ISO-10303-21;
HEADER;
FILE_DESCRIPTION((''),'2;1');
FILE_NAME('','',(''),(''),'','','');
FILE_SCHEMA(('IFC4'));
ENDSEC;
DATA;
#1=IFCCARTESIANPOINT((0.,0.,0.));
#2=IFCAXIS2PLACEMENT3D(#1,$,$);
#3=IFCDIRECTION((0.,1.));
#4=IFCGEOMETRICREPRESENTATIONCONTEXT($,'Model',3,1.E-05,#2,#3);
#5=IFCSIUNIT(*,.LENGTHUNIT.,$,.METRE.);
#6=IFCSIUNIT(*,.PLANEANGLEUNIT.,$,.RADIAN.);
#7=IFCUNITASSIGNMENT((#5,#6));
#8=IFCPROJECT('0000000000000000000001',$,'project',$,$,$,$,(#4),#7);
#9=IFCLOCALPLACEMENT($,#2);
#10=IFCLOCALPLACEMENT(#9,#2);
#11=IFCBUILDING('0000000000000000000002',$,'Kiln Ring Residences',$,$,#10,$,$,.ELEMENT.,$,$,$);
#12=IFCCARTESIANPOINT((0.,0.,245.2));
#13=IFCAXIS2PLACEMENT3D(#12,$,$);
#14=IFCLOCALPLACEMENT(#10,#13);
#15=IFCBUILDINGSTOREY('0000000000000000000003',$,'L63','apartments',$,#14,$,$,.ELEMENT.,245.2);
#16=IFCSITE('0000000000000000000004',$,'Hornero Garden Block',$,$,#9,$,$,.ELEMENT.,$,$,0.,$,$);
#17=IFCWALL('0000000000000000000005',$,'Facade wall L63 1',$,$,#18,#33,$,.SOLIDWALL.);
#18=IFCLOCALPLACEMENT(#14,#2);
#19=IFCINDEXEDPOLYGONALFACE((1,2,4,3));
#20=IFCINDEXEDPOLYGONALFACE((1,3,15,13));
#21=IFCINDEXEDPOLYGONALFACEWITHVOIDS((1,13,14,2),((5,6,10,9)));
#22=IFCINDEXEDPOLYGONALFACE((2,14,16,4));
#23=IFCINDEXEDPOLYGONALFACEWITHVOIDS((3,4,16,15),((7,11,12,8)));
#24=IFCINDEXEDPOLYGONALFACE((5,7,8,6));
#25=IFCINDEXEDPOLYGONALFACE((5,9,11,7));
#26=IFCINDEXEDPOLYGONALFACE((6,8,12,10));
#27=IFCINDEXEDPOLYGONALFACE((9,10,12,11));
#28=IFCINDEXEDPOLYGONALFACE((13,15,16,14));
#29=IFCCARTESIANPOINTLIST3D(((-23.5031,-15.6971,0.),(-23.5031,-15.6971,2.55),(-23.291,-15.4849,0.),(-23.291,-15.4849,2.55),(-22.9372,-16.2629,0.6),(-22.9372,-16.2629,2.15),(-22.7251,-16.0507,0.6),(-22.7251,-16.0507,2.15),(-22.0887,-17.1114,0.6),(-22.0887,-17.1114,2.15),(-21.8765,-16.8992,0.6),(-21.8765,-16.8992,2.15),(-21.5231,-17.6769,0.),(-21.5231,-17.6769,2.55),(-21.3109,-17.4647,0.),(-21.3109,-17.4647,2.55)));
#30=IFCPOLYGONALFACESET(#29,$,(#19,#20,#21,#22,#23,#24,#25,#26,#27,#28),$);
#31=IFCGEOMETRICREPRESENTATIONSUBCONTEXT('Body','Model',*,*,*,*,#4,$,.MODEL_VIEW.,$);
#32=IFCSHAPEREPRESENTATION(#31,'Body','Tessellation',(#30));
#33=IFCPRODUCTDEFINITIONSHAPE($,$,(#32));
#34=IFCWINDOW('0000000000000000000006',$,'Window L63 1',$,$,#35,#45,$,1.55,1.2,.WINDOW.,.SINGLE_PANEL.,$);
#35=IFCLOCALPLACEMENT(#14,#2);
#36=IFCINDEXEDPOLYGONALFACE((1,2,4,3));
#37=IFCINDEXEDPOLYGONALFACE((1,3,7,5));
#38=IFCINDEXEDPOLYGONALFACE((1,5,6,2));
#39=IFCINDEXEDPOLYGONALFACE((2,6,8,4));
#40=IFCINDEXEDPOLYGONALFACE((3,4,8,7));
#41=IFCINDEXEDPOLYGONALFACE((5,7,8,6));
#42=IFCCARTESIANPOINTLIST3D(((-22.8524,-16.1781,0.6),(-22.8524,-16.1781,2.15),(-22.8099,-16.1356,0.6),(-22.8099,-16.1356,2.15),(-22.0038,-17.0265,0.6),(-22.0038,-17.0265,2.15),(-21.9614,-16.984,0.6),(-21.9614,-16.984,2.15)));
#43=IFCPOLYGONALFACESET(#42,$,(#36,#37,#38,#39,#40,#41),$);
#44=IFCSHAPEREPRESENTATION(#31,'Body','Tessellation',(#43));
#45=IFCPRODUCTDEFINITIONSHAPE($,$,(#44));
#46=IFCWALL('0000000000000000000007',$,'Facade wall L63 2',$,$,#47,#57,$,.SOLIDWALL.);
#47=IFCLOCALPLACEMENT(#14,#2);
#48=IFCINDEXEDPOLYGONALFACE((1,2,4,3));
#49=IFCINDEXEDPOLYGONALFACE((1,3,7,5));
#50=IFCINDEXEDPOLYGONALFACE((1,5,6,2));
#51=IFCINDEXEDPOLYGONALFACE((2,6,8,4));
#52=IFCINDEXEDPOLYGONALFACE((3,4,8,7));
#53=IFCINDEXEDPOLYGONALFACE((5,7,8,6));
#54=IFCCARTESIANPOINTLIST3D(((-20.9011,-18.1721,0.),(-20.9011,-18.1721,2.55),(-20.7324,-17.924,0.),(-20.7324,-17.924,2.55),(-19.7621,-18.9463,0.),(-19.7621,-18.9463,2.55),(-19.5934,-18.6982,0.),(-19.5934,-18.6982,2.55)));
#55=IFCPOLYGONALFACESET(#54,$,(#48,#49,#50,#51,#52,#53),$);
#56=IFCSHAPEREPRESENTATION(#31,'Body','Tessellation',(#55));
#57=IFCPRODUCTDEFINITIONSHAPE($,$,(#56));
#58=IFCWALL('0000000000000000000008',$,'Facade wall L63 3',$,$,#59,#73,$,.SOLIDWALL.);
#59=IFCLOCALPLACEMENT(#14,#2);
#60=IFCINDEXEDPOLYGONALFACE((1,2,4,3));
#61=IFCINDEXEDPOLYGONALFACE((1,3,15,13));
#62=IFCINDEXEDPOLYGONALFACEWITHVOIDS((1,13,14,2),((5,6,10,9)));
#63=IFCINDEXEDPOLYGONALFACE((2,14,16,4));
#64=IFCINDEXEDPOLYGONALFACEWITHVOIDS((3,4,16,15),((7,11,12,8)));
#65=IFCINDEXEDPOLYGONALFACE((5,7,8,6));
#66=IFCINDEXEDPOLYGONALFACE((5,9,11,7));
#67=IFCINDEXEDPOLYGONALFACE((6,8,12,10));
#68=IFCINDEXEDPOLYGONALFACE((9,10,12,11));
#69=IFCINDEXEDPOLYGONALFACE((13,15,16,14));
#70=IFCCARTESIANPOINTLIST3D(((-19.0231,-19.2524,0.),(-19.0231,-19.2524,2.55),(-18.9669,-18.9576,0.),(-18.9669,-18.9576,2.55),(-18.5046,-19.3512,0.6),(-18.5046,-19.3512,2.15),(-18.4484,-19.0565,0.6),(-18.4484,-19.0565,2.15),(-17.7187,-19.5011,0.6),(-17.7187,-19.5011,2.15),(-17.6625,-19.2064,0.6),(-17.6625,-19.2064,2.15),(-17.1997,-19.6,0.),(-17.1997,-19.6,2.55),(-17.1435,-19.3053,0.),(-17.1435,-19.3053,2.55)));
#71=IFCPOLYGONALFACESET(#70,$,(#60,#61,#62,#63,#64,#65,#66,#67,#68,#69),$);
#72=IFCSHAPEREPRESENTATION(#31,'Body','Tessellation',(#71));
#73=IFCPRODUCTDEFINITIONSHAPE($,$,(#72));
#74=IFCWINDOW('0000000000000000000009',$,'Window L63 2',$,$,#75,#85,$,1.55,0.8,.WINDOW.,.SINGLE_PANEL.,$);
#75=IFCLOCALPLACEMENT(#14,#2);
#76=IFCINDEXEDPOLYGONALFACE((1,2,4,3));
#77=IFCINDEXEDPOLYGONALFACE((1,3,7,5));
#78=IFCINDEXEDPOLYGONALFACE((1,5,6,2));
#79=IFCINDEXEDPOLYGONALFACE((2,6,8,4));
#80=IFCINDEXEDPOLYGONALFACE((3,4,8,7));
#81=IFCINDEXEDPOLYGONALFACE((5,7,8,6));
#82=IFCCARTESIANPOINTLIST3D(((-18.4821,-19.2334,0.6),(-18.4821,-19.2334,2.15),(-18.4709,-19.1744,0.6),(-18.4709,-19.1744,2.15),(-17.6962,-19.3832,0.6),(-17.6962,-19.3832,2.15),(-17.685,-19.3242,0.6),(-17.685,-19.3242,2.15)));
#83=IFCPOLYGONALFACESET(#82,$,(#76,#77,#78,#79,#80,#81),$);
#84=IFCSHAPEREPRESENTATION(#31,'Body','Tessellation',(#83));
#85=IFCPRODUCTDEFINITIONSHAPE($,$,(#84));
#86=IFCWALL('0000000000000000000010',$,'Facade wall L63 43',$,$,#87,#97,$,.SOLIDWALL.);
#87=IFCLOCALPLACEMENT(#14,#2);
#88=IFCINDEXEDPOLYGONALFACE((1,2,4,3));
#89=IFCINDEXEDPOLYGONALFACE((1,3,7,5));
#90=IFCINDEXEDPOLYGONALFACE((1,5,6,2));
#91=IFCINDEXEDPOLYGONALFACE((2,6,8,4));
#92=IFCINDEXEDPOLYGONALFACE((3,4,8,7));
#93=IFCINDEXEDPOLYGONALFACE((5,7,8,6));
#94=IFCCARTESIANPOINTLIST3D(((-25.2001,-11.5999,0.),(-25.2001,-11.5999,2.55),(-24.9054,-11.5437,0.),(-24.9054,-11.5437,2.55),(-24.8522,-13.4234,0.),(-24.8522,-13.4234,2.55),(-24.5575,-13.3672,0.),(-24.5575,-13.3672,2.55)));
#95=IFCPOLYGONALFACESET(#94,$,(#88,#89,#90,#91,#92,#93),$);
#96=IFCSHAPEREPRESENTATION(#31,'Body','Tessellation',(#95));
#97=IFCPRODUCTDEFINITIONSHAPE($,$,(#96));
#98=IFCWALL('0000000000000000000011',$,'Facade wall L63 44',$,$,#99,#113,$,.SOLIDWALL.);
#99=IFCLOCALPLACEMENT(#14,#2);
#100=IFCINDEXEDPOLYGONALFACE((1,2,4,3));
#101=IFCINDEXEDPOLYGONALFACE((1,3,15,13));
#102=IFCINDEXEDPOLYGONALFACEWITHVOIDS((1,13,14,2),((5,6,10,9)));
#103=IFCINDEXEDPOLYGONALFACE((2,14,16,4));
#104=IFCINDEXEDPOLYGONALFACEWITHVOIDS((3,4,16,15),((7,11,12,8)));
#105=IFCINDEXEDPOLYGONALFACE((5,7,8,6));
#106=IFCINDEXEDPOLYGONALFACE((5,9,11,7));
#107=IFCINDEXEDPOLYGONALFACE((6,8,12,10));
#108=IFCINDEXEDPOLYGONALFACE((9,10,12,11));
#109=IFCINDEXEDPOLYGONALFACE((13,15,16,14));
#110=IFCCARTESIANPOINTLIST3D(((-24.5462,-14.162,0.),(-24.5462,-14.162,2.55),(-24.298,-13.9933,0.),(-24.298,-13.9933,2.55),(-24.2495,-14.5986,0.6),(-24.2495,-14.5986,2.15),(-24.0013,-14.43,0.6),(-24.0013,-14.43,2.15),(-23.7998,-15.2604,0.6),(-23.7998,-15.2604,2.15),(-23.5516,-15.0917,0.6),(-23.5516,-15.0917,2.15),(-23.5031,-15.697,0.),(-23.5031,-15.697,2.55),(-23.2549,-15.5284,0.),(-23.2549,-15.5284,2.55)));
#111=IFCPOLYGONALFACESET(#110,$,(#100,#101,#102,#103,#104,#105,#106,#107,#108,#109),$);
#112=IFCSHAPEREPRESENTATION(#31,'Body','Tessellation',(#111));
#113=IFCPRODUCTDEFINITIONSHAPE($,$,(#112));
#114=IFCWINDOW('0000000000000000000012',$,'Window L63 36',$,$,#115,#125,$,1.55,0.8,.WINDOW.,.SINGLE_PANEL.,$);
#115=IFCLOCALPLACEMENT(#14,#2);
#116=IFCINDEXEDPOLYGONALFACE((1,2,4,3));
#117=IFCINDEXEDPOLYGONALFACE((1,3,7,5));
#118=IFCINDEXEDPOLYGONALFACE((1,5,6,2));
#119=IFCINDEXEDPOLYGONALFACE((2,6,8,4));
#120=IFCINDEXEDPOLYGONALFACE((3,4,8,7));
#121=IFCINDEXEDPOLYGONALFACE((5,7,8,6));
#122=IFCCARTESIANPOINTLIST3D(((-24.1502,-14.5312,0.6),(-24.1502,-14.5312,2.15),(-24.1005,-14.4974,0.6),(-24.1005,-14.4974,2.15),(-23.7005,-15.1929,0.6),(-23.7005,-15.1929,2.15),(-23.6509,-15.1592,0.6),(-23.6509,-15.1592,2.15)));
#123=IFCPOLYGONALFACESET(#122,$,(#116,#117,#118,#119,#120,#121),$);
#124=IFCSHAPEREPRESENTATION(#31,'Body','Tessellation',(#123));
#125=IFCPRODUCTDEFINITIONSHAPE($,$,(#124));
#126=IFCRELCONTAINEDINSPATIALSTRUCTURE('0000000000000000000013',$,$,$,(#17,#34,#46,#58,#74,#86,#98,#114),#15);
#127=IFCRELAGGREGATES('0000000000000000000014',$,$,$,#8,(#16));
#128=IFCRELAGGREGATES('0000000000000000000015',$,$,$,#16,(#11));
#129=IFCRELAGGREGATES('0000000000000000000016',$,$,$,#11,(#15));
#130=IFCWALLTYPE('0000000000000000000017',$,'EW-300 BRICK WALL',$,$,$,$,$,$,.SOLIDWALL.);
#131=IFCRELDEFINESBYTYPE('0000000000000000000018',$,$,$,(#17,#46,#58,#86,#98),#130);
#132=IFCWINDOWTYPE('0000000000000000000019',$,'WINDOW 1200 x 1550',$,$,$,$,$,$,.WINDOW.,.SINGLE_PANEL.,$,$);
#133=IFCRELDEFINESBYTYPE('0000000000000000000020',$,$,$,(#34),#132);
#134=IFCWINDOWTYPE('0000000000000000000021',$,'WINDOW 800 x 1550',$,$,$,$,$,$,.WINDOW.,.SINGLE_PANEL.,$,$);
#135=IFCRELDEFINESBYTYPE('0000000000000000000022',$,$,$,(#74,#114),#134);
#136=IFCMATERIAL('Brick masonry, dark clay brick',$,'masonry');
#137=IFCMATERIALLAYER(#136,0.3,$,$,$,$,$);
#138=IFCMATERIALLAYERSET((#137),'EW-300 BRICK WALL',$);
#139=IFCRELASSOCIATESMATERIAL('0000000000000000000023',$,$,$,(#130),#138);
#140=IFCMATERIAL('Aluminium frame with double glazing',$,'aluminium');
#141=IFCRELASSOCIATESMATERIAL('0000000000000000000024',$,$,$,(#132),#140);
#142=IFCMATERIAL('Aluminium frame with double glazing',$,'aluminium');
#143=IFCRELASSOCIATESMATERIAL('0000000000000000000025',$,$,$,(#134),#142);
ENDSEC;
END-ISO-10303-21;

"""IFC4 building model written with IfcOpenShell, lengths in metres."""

from ifc_helpers import new_model, si_unit, direction, frame, frame_2d, origin, place, context, subcontext, project, spatial, rectangle, extrude, material, layer, layer_set, type_object, element, fill, save


model = new_model("IFC4")

# Units and contexts
model_context = context("Model", 3, precision=1e-05, world=origin(), true_north=direction((0.0, 1.0)))
body_context = subcontext(model_context, "Body", "Model", "MODEL_VIEW")
ifc_project = project(units=[si_unit("LENGTHUNIT", "METRE"), si_unit("PLANEANGLEUNIT", "RADIAN")], contexts=[model_context])

# Site, building, storey
site_placement = place(None, origin())
site = spatial("IfcSite", under=ifc_project, at=site_placement, Name="Hornero Garden Block", CompositionType="ELEMENT", RefElevation=0.0)
building_placement = place(site_placement, origin())
building = spatial("IfcBuilding", under=site, at=building_placement, Name="Kiln Ring Residences", CompositionType="ELEMENT")
storey_placement = place(building_placement, frame((0.0, 0.0, 245.2)))
storey = spatial("IfcBuildingStorey", under=building, at=storey_placement, Name="L63", Description="apartments", CompositionType="ELEMENT", Elevation=245.2)

# Wall, opening, window
ifc_material_1 = material(Name="Brick masonry, dark clay brick", Category="masonry")
ifc_layer_1 = layer(ifc_material_1, 0.3)
ifc_layer_set_1 = layer_set([ifc_layer_1], Name="EW-300 BRICK WALL")
wall_type_1 = type_object("IfcWallType", Name="EW-300 BRICK WALL", PredefinedType="SOLIDWALL", material=ifc_layer_set_1)
wall_1_placement = place(storey_placement, frame((-23.397, -15.5911, 0.0), z_axis=(0.0, 0.0, 1.0), x_axis=(0.70715, -0.707063, 0.0)))
wall_1 = element("IfcWall", 1, at=wall_1_placement, inside=storey, type_object=wall_type_1, Name="Facade wall L63 1", PredefinedType="SOLIDWALL", context=body_context, shape_type="SweptSolid", body=[
    extrude(rectangle(XDim=2.8, YDim=0.3, at=frame_2d((1.3999, 0.0))), origin(), (0.0, 0.0, 1.0), 2.55),
])
opening_1_placement = place(wall_1_placement, frame((0.8, 0.0, 0.6001)))
opening_1 = element("IfcOpeningElement", 2, at=opening_1_placement, cuts=wall_1, PredefinedType="OPENING", context=body_context, shape_type="SweptSolid", body=[
    extrude(rectangle(XDim=1.2, YDim=1.55, at=frame_2d((0.6001, 0.7749))), frame((0.0, 0.1599, 0.0), z_axis=(0.0, -1.0, 0.0), x_axis=(1.0, 0.0, 0.0)), (0.0, 0.0, 1.0), 0.3201),
])
ifc_material_2 = material(Name="Aluminium frame with double glazing", Category="aluminium")
window_type_1 = type_object("IfcWindowType", Name="WINDOW 1200 x 1550", PartitioningType="SINGLE_PANEL", PredefinedType="WINDOW", material=ifc_material_2)
window_1_placement = place(opening_1_placement, origin())
window_1 = element("IfcWindow", 3, at=window_1_placement, inside=storey, type_object=window_type_1, Name="Window L63 1", OverallHeight=1.55, OverallWidth=1.2, PartitioningType="SINGLE_PANEL", PredefinedType="WINDOW", context=body_context, shape_type="SweptSolid", body=[
    extrude(rectangle(XDim=1.2, YDim=1.55, at=frame_2d((0.6001, 0.7749))), frame((0.0, 0.03, 0.0), z_axis=(0.0, -1.0, 0.0), x_axis=(1.0, 0.0, 0.0)), (0.0, 0.0, 1.0), 0.0601),
])
fill(opening_1, window_1)

# Wall
wall_2_placement = place(storey_placement, frame((-20.8167, -18.0481, 0.0), z_axis=(0.0, 0.0, 1.0), x_axis=(0.827025, -0.562165, 0.0)))
element("IfcWall", 4, at=wall_2_placement, inside=storey, type_object=wall_type_1, Name="Facade wall L63 2", PredefinedType="SOLIDWALL", context=body_context, shape_type="SweptSolid", body=[
    extrude(rectangle(XDim=1.3772, YDim=0.3, at=frame_2d((0.6885, 0.0))), origin(), (0.0, 0.0, 1.0), 2.55),
])

# Wall, opening, window
wall_3_placement = place(storey_placement, frame((-18.9951, -19.105, 0.0), z_axis=(0.0, 0.0, 1.0), x_axis=(0.982302, -0.187306, 0.0)))
wall_3 = element("IfcWall", 5, at=wall_3_placement, inside=storey, type_object=wall_type_1, Name="Facade wall L63 3", PredefinedType="SOLIDWALL", context=body_context, shape_type="SweptSolid", body=[
    extrude(rectangle(XDim=1.8562, YDim=0.3, at=frame_2d((0.9282, 0.0))), origin(), (0.0, 0.0, 1.0), 2.55),
])
opening_2_placement = place(wall_3_placement, frame((0.5281, 0.0, 0.6001)))
opening_2 = element("IfcOpeningElement", 6, at=opening_2_placement, cuts=wall_3, PredefinedType="OPENING", context=body_context, shape_type="SweptSolid", body=[
    extrude(rectangle(XDim=0.8, YDim=1.55, at=frame_2d((0.3999, 0.7749))), frame((0.0, 0.1599, 0.0), z_axis=(0.0, -1.0, 0.0), x_axis=(1.0, 0.0, 0.0)), (0.0, 0.0, 1.0), 0.3201),
])
ifc_material_3 = material(Name="Aluminium frame with double glazing", Category="aluminium")
window_type_2 = type_object("IfcWindowType", Name="WINDOW 800 x 1550", PartitioningType="SINGLE_PANEL", PredefinedType="WINDOW", material=ifc_material_3)
window_2_placement = place(opening_2_placement, origin())
window_2 = element("IfcWindow", 7, at=window_2_placement, inside=storey, type_object=window_type_2, Name="Window L63 2", OverallHeight=1.55, OverallWidth=0.8, PartitioningType="SINGLE_PANEL", PredefinedType="WINDOW", context=body_context, shape_type="SweptSolid", body=[
    extrude(rectangle(XDim=0.8, YDim=1.55, at=frame_2d((0.3999, 0.7749))), frame((0.0, 0.03, 0.0), z_axis=(0.0, -1.0, 0.0), x_axis=(1.0, 0.0, 0.0)), (0.0, 0.0, 1.0), 0.0601),
])
fill(opening_2, window_2)

# Wall
wall_4_placement = place(storey_placement, frame((-25.0527, -11.5718, 0.0), z_axis=(0.0, 0.0, 1.0), x_axis=(0.187408, -0.982282, 0.0)))
element("IfcWall", 8, at=wall_4_placement, inside=storey, type_object=wall_type_1, Name="Facade wall L63 43", PredefinedType="SOLIDWALL", context=body_context, shape_type="SweptSolid", body=[
    extrude(rectangle(XDim=1.8564, YDim=0.3, at=frame_2d((0.9282, 0.0))), origin(), (0.0, 0.0, 1.0), 2.55),
])

# Wall, opening, window
wall_5_placement = place(storey_placement, frame((-24.4221, -14.0776, 0.0), z_axis=(0.0, 0.0, 1.0), x_axis=(0.562055, -0.8271, 0.0)))
wall_5 = element("IfcWall", 9, at=wall_5_placement, inside=storey, type_object=wall_type_1, Name="Facade wall L63 44", PredefinedType="SOLIDWALL", context=body_context, shape_type="SweptSolid", body=[
    extrude(rectangle(XDim=1.856, YDim=0.3, at=frame_2d((0.928, 0.0))), origin(), (0.0, 0.0, 1.0), 2.55),
])
opening_3_placement = place(wall_5_placement, frame((0.5281, 0.0, 0.6001)))
opening_3 = element("IfcOpeningElement", 10, at=opening_3_placement, cuts=wall_5, PredefinedType="OPENING", context=body_context, shape_type="SweptSolid", body=[
    extrude(rectangle(XDim=0.8, YDim=1.55, at=frame_2d((0.3999, 0.7749))), frame((0.0, 0.1599, 0.0), z_axis=(0.0, -1.0, 0.0), x_axis=(1.0, 0.0, 0.0)), (0.0, 0.0, 1.0), 0.3201),
])
window_3_placement = place(opening_3_placement, origin())
window_3 = element("IfcWindow", 11, at=window_3_placement, inside=storey, type_object=window_type_2, Name="Window L63 36", OverallHeight=1.55, OverallWidth=0.8, PartitioningType="SINGLE_PANEL", PredefinedType="WINDOW", context=body_context, shape_type="SweptSolid", body=[
    extrude(rectangle(XDim=0.8, YDim=1.55, at=frame_2d((0.3999, 0.7749))), frame((0.0, 0.03, 0.0), z_axis=(0.0, -1.0, 0.0), x_axis=(1.0, 0.0, 0.0)), (0.0, 0.0, 1.0), 0.0601),
])
fill(opening_3, window_3)

save(model, "model.ifc")
